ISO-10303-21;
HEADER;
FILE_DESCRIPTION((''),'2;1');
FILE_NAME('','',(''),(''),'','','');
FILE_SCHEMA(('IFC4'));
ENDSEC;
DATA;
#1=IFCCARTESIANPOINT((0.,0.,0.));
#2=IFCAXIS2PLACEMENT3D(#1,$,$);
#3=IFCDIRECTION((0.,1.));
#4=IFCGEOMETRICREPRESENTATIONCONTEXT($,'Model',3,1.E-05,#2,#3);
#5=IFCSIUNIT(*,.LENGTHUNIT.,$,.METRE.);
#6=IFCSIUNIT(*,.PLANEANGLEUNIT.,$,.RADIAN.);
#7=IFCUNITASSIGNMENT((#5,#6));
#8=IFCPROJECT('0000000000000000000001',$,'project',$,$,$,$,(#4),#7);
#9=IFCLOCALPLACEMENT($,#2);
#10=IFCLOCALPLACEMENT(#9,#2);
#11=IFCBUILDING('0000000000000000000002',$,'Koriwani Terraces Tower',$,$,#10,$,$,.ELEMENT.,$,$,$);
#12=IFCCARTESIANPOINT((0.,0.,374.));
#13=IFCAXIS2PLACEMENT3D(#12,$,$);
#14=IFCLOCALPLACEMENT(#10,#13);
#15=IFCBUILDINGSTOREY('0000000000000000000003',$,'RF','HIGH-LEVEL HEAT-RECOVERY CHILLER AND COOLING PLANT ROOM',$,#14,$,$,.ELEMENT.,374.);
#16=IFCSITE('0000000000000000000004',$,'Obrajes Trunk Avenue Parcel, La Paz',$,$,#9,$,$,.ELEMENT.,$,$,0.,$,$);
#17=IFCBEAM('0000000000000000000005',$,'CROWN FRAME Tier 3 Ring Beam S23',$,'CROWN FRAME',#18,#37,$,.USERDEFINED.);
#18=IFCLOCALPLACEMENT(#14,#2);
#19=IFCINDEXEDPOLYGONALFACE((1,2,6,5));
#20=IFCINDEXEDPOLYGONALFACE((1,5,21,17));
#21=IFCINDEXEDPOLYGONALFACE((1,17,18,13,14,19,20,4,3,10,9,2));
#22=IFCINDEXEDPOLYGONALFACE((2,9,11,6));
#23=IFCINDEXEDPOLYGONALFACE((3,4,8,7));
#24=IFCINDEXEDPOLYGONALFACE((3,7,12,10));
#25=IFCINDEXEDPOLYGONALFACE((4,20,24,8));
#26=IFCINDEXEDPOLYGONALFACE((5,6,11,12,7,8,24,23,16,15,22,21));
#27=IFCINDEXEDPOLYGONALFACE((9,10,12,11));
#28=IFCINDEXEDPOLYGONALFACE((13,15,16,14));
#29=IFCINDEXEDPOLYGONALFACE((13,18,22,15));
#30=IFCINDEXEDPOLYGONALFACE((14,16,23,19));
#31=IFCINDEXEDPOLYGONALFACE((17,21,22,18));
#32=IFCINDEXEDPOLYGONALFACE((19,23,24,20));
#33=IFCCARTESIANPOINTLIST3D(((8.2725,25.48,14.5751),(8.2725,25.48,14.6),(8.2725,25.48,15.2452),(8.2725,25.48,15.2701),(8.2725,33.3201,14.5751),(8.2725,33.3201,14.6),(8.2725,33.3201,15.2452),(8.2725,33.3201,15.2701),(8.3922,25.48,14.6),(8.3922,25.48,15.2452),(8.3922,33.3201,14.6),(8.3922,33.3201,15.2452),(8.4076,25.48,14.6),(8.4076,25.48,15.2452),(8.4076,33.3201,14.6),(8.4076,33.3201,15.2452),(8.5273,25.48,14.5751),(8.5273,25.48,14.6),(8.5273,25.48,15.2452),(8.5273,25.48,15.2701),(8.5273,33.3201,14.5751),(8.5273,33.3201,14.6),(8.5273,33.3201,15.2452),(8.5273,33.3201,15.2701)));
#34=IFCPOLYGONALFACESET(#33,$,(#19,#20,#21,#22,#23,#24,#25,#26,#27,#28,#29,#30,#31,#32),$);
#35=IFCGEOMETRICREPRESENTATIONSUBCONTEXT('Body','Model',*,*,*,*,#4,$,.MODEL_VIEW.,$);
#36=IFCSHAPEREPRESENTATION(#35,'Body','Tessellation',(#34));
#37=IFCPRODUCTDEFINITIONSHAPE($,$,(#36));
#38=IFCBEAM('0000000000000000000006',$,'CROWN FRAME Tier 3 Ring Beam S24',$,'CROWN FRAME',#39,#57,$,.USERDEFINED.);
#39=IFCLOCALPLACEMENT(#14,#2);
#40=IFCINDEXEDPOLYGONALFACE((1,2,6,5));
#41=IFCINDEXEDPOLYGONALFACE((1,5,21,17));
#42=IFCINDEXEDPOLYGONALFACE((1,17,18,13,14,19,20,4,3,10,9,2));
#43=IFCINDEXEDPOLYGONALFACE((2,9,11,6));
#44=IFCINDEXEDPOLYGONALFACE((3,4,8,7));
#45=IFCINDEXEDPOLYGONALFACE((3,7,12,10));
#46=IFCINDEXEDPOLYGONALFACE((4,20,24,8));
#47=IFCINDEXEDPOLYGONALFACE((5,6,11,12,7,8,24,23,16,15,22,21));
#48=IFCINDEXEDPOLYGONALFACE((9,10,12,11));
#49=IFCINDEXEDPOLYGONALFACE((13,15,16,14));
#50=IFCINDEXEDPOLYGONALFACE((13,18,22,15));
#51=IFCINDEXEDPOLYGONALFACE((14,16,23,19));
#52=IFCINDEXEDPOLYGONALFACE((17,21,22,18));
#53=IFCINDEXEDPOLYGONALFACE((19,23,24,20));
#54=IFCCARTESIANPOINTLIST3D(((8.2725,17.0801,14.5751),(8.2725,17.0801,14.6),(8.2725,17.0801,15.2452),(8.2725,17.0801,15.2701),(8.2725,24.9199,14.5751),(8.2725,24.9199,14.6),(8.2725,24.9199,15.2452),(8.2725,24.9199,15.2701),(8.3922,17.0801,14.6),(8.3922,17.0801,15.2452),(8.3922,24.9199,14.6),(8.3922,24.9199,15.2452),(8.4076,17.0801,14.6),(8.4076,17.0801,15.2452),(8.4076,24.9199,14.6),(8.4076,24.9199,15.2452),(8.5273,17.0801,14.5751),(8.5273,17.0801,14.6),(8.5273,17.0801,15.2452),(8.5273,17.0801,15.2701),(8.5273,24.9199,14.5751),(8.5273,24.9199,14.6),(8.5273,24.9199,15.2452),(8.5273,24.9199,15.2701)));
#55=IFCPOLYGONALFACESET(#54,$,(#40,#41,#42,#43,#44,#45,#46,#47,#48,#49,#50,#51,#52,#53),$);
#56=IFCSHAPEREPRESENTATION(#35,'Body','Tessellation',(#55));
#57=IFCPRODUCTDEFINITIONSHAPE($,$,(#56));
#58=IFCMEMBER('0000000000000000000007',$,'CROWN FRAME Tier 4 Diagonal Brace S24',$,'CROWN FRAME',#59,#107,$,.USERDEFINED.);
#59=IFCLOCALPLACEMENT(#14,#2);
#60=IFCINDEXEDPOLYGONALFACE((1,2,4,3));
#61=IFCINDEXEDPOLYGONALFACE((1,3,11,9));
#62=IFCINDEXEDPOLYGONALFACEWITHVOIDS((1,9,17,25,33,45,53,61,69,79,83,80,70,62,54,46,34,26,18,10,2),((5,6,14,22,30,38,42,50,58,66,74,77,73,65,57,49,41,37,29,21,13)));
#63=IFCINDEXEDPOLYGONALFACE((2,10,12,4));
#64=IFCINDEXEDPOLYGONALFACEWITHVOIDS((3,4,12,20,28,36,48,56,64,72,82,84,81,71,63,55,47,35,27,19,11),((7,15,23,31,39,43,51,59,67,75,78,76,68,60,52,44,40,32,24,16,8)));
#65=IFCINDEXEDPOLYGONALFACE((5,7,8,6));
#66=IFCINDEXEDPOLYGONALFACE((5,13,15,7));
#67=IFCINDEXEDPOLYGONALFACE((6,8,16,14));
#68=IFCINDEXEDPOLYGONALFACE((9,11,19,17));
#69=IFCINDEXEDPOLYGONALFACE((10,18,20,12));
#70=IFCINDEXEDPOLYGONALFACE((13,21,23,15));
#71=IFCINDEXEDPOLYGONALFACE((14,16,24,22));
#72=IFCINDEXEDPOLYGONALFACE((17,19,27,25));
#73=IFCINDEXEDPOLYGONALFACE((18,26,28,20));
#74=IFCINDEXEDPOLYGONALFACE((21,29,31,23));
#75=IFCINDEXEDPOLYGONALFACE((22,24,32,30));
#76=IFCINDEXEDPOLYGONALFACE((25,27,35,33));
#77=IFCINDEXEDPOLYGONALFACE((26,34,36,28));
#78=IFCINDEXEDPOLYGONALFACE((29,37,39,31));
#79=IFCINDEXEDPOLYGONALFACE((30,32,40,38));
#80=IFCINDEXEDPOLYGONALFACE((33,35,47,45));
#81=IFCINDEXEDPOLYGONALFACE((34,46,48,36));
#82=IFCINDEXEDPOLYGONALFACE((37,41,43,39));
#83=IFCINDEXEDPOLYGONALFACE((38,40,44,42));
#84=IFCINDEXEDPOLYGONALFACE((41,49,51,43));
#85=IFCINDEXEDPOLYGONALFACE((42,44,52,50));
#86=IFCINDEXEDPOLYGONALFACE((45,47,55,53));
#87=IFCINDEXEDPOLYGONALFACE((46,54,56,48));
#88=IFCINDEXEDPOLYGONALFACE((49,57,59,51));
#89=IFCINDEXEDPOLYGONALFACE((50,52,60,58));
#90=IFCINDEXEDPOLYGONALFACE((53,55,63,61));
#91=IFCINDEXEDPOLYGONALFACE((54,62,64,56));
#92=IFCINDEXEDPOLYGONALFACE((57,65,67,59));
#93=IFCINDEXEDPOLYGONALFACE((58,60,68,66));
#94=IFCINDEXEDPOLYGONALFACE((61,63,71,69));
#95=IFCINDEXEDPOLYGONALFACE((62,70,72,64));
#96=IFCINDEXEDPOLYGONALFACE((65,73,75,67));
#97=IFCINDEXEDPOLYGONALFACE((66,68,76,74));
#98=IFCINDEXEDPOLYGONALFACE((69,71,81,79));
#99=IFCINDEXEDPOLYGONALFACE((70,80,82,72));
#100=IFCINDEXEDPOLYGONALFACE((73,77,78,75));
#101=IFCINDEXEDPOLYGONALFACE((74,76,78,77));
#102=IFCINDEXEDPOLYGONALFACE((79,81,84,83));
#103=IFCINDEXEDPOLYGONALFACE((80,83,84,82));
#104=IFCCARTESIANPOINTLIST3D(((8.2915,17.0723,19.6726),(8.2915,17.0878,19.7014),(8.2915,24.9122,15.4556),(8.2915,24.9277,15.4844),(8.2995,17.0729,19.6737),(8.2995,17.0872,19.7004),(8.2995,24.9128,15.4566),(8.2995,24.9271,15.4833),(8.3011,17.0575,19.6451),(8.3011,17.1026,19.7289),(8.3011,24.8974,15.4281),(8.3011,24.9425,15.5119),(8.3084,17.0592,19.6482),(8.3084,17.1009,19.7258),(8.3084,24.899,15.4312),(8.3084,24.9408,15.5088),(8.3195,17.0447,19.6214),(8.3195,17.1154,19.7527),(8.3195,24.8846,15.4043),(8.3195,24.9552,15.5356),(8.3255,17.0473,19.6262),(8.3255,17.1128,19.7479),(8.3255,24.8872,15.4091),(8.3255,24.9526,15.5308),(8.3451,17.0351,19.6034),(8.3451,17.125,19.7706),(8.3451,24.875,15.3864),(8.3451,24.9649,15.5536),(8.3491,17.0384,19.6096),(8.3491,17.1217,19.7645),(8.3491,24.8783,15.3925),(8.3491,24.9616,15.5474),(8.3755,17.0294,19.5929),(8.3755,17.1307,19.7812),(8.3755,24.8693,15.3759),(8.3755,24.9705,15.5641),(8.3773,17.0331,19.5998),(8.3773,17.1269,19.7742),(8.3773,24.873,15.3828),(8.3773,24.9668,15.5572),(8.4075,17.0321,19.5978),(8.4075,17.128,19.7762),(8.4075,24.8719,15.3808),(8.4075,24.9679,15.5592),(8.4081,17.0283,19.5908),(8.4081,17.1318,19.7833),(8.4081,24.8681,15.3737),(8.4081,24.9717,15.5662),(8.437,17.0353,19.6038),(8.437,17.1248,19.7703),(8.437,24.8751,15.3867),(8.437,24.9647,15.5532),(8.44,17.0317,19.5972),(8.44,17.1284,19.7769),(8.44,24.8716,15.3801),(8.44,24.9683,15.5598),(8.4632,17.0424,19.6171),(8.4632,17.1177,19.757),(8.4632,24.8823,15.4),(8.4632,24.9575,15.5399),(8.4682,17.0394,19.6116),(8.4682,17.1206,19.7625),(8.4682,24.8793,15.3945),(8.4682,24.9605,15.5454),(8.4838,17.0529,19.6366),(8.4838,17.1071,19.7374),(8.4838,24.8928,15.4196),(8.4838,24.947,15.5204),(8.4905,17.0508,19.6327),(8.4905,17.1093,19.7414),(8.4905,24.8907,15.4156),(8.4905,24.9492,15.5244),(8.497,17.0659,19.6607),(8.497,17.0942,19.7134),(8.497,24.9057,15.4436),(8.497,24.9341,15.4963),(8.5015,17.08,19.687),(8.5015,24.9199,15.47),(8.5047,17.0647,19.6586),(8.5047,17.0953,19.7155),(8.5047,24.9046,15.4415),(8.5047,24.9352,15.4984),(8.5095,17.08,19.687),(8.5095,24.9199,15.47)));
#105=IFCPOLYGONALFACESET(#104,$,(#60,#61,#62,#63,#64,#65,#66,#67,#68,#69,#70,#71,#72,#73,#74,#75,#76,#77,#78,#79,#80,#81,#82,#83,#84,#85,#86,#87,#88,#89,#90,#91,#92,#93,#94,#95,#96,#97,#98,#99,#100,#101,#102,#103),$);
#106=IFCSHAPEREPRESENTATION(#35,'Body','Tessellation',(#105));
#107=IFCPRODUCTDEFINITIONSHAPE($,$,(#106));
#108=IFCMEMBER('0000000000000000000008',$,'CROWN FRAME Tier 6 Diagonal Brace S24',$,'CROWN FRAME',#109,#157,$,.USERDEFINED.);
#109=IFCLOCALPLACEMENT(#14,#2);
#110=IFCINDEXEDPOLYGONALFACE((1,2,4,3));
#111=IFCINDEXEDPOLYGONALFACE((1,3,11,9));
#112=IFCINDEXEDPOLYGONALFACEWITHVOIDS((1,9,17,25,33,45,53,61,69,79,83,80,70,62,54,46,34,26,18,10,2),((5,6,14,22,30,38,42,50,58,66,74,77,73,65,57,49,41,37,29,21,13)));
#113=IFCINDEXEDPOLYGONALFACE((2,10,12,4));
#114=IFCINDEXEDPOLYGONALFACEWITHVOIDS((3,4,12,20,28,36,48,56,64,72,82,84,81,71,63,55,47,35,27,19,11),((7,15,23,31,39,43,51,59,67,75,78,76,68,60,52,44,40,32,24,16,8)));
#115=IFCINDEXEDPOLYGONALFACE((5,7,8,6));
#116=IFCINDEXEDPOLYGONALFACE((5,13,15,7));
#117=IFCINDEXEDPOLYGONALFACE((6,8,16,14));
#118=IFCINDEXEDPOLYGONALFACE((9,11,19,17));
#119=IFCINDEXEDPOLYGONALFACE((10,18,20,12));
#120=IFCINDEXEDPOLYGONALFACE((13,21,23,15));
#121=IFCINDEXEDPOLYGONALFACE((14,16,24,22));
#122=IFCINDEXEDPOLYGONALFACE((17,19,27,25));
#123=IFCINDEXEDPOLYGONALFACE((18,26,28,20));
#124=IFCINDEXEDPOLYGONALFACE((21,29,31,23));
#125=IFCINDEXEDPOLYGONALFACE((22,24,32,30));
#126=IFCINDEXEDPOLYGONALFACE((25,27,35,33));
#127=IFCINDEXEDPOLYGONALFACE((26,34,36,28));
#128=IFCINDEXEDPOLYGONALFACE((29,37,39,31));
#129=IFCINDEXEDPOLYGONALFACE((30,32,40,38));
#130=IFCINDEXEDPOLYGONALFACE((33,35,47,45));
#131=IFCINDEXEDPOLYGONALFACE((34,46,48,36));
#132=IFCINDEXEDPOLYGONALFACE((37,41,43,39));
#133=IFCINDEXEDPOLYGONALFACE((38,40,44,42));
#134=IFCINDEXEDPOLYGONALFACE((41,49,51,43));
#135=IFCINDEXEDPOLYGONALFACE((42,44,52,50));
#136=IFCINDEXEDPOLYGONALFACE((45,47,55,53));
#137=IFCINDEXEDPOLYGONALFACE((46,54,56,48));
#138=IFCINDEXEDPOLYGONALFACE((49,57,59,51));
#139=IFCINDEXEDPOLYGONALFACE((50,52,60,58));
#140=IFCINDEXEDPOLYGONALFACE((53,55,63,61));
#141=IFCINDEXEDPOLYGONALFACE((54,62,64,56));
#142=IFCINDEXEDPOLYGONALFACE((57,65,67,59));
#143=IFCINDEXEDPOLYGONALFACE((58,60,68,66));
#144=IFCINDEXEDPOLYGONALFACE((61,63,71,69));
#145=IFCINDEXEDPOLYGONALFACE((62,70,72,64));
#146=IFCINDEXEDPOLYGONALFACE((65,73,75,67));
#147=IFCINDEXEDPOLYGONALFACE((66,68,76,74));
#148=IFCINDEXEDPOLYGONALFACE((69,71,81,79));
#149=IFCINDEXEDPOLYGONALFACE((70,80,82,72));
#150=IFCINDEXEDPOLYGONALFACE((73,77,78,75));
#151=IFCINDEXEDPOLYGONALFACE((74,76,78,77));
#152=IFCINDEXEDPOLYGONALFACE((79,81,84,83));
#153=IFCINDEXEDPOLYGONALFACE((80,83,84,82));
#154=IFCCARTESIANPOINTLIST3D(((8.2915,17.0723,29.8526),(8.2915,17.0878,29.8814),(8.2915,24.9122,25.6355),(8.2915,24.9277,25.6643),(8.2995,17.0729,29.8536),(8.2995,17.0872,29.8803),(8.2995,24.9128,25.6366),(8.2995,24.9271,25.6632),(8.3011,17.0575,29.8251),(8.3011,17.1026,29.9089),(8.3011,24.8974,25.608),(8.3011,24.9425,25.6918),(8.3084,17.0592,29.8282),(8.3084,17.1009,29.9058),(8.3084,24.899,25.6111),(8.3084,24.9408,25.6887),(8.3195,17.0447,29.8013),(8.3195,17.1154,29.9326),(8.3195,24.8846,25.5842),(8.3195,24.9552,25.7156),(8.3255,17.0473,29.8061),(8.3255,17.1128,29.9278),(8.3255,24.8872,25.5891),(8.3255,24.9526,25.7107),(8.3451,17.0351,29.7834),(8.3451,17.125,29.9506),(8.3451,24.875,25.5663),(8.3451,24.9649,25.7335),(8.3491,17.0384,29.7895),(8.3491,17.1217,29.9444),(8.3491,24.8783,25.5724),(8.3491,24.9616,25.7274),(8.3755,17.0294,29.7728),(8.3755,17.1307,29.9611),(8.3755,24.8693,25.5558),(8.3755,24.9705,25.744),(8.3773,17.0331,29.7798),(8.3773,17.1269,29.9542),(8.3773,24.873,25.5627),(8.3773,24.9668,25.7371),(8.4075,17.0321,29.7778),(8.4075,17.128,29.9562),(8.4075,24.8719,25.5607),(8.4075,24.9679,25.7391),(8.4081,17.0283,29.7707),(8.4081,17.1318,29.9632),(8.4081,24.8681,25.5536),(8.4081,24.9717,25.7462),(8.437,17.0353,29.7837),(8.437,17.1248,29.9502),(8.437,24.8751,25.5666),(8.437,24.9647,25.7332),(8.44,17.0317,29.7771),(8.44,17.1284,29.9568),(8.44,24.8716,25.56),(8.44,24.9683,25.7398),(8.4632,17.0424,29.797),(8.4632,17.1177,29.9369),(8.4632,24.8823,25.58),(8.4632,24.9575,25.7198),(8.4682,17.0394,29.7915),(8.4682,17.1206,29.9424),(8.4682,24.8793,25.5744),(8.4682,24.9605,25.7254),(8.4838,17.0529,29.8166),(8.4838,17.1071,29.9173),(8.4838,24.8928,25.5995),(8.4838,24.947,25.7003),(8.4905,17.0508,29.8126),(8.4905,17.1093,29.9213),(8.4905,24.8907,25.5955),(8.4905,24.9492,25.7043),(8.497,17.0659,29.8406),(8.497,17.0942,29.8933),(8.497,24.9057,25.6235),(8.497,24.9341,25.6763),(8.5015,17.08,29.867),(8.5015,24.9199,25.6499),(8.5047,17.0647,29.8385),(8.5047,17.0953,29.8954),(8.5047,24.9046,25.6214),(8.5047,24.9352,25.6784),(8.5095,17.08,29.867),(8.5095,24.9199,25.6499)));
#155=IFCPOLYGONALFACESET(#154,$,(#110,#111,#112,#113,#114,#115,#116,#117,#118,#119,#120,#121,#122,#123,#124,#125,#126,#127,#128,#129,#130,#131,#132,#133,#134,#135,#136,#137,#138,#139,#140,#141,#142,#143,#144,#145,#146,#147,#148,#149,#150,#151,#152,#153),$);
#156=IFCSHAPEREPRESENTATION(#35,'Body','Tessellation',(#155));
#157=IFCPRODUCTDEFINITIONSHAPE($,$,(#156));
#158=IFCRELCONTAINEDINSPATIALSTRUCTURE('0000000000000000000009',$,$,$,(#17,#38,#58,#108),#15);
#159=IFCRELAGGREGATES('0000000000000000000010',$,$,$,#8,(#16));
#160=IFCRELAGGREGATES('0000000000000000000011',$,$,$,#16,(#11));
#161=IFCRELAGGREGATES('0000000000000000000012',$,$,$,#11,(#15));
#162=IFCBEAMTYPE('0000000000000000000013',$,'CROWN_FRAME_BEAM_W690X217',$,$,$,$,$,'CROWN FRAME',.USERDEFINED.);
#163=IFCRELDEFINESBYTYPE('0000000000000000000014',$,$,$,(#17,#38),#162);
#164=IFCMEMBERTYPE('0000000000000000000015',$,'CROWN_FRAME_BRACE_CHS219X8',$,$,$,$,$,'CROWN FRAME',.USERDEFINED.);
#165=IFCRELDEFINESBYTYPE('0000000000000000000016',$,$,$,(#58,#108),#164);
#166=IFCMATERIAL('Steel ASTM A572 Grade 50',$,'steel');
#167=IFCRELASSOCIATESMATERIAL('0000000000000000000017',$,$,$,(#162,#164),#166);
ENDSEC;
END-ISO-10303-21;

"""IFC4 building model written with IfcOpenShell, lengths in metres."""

from ifc_helpers import new_model, si_unit, direction, frame, origin, origin_2d, place, context, subcontext, project, spatial, hollow_circle, i_section, extrude, material, material_profile, profile_set, type_object, element, save


model = new_model("IFC4")

# Units and contexts
model_context = context("Model", 3, precision=1e-05, world=origin(), true_north=direction((0.0, 1.0)))
body_context = subcontext(model_context, "Body", "Model", "MODEL_VIEW")
ifc_project = project(units=[si_unit("LENGTHUNIT", "METRE"), si_unit("PLANEANGLEUNIT", "RADIAN")], contexts=[model_context])

# Site, building, storey
site_placement = place(None, origin())
site = spatial("IfcSite", under=ifc_project, at=site_placement, Name="Obrajes Trunk Avenue Parcel, La Paz", CompositionType="ELEMENT", RefElevation=0.0)
building_placement = place(site_placement, origin())
building = spatial("IfcBuilding", under=site, at=building_placement, Name="Koriwani Terraces Tower", CompositionType="ELEMENT")
storey_placement = place(building_placement, frame((0.0, 0.0, 374.0)))
storey = spatial("IfcBuildingStorey", under=building, at=storey_placement, Name="RF", Description="HIGH-LEVEL HEAT-RECOVERY CHILLER AND COOLING PLANT ROOM", CompositionType="ELEMENT", Elevation=374.0)

# Shared definitions
ifc_material_1 = material(Name="Steel ASTM A572 Grade 50", Category="steel")

# Beams
ifc_material_profile_1 = material_profile(ifc_material_1, i_section(OverallWidth=0.2549, OverallDepth=0.6951, WebThickness=0.0154, FlangeThickness=0.0249, at=origin_2d()), Name="Steel ASTM A572 Grade 50", Category="LoadBearing")
ifc_profile_set_1 = profile_set([ifc_material_profile_1], Name="Steel ASTM A572 Grade 50")
beam_type_1 = type_object("IfcBeamType", Name="CROWN_FRAME_BEAM_W690X217", ElementType="CROWN FRAME", PredefinedType="USERDEFINED", material=ifc_profile_set_1)
beam_1_placement = place(storey_placement, frame((8.3999, 33.3201, 14.9226), z_axis=(0.0, -1.0, 0.0), x_axis=(1.0, 0.0, 0.0)))
element("IfcBeam", 1, at=beam_1_placement, inside=storey, type_object=beam_type_1, Name="CROWN FRAME Tier 3 Ring Beam S23", ObjectType="CROWN FRAME", PredefinedType="USERDEFINED", context=body_context, shape_type="SweptSolid", body=[
    extrude(i_section(OverallWidth=0.2549, OverallDepth=0.6951, WebThickness=0.0154, FlangeThickness=0.0249, at=origin_2d()), origin(), (0.0, 0.0, 1.0), 7.8401),
])
beam_2_placement = place(storey_placement, frame((8.3999, 24.9199, 14.9226), z_axis=(0.0, -1.0, 0.0), x_axis=(1.0, 0.0, 0.0)))
element("IfcBeam", 2, at=beam_2_placement, inside=storey, type_object=beam_type_1, Name="CROWN FRAME Tier 3 Ring Beam S24", ObjectType="CROWN FRAME", PredefinedType="USERDEFINED", context=body_context, shape_type="SweptSolid", body=[
    extrude(i_section(OverallWidth=0.2549, OverallDepth=0.6951, WebThickness=0.0154, FlangeThickness=0.0249, at=origin_2d()), origin(), (0.0, 0.0, 1.0), 7.8398),
])

# Members
ifc_material_profile_2 = material_profile(ifc_material_1, hollow_circle(Radius=0.1096, WallThickness=0.0081, at=origin_2d()), Name="Steel ASTM A572 Grade 50", Category="LoadBearing")
ifc_profile_set_2 = profile_set([ifc_material_profile_2], Name="Steel ASTM A572 Grade 50")
member_type_1 = type_object("IfcMemberType", Name="CROWN_FRAME_BRACE_CHS219X8", ElementType="CROWN FRAME", PredefinedType="USERDEFINED", material=ifc_profile_set_2)
for number, where, z_axis, x_axis, name in (
    (3, (8.3999, 24.9199, 15.47), (0.0, -0.880678, 0.473715), (1.0, 0.0, 0.0), "CROWN FRAME Tier 4 Diagonal Brace S24"),
    (4, (8.3999, 24.9199, 25.6499), (0.0, -0.880678, 0.473715), (1.0, 0.0, 0.0), "CROWN FRAME Tier 6 Diagonal Brace S24"),
):
    element("IfcMember", number, at=place(storey_placement, frame(where, z_axis=z_axis, x_axis=x_axis)), inside=storey, type_object=member_type_1, Name=name, ObjectType="CROWN FRAME", PredefinedType="USERDEFINED", context=body_context, shape_type="SweptSolid", body=[
        extrude(hollow_circle(Radius=0.1096, WallThickness=0.0081, at=origin_2d()), origin(), (0.0, 0.0, 1.0), 8.9021),
    ])

save(model, "model.ifc")
